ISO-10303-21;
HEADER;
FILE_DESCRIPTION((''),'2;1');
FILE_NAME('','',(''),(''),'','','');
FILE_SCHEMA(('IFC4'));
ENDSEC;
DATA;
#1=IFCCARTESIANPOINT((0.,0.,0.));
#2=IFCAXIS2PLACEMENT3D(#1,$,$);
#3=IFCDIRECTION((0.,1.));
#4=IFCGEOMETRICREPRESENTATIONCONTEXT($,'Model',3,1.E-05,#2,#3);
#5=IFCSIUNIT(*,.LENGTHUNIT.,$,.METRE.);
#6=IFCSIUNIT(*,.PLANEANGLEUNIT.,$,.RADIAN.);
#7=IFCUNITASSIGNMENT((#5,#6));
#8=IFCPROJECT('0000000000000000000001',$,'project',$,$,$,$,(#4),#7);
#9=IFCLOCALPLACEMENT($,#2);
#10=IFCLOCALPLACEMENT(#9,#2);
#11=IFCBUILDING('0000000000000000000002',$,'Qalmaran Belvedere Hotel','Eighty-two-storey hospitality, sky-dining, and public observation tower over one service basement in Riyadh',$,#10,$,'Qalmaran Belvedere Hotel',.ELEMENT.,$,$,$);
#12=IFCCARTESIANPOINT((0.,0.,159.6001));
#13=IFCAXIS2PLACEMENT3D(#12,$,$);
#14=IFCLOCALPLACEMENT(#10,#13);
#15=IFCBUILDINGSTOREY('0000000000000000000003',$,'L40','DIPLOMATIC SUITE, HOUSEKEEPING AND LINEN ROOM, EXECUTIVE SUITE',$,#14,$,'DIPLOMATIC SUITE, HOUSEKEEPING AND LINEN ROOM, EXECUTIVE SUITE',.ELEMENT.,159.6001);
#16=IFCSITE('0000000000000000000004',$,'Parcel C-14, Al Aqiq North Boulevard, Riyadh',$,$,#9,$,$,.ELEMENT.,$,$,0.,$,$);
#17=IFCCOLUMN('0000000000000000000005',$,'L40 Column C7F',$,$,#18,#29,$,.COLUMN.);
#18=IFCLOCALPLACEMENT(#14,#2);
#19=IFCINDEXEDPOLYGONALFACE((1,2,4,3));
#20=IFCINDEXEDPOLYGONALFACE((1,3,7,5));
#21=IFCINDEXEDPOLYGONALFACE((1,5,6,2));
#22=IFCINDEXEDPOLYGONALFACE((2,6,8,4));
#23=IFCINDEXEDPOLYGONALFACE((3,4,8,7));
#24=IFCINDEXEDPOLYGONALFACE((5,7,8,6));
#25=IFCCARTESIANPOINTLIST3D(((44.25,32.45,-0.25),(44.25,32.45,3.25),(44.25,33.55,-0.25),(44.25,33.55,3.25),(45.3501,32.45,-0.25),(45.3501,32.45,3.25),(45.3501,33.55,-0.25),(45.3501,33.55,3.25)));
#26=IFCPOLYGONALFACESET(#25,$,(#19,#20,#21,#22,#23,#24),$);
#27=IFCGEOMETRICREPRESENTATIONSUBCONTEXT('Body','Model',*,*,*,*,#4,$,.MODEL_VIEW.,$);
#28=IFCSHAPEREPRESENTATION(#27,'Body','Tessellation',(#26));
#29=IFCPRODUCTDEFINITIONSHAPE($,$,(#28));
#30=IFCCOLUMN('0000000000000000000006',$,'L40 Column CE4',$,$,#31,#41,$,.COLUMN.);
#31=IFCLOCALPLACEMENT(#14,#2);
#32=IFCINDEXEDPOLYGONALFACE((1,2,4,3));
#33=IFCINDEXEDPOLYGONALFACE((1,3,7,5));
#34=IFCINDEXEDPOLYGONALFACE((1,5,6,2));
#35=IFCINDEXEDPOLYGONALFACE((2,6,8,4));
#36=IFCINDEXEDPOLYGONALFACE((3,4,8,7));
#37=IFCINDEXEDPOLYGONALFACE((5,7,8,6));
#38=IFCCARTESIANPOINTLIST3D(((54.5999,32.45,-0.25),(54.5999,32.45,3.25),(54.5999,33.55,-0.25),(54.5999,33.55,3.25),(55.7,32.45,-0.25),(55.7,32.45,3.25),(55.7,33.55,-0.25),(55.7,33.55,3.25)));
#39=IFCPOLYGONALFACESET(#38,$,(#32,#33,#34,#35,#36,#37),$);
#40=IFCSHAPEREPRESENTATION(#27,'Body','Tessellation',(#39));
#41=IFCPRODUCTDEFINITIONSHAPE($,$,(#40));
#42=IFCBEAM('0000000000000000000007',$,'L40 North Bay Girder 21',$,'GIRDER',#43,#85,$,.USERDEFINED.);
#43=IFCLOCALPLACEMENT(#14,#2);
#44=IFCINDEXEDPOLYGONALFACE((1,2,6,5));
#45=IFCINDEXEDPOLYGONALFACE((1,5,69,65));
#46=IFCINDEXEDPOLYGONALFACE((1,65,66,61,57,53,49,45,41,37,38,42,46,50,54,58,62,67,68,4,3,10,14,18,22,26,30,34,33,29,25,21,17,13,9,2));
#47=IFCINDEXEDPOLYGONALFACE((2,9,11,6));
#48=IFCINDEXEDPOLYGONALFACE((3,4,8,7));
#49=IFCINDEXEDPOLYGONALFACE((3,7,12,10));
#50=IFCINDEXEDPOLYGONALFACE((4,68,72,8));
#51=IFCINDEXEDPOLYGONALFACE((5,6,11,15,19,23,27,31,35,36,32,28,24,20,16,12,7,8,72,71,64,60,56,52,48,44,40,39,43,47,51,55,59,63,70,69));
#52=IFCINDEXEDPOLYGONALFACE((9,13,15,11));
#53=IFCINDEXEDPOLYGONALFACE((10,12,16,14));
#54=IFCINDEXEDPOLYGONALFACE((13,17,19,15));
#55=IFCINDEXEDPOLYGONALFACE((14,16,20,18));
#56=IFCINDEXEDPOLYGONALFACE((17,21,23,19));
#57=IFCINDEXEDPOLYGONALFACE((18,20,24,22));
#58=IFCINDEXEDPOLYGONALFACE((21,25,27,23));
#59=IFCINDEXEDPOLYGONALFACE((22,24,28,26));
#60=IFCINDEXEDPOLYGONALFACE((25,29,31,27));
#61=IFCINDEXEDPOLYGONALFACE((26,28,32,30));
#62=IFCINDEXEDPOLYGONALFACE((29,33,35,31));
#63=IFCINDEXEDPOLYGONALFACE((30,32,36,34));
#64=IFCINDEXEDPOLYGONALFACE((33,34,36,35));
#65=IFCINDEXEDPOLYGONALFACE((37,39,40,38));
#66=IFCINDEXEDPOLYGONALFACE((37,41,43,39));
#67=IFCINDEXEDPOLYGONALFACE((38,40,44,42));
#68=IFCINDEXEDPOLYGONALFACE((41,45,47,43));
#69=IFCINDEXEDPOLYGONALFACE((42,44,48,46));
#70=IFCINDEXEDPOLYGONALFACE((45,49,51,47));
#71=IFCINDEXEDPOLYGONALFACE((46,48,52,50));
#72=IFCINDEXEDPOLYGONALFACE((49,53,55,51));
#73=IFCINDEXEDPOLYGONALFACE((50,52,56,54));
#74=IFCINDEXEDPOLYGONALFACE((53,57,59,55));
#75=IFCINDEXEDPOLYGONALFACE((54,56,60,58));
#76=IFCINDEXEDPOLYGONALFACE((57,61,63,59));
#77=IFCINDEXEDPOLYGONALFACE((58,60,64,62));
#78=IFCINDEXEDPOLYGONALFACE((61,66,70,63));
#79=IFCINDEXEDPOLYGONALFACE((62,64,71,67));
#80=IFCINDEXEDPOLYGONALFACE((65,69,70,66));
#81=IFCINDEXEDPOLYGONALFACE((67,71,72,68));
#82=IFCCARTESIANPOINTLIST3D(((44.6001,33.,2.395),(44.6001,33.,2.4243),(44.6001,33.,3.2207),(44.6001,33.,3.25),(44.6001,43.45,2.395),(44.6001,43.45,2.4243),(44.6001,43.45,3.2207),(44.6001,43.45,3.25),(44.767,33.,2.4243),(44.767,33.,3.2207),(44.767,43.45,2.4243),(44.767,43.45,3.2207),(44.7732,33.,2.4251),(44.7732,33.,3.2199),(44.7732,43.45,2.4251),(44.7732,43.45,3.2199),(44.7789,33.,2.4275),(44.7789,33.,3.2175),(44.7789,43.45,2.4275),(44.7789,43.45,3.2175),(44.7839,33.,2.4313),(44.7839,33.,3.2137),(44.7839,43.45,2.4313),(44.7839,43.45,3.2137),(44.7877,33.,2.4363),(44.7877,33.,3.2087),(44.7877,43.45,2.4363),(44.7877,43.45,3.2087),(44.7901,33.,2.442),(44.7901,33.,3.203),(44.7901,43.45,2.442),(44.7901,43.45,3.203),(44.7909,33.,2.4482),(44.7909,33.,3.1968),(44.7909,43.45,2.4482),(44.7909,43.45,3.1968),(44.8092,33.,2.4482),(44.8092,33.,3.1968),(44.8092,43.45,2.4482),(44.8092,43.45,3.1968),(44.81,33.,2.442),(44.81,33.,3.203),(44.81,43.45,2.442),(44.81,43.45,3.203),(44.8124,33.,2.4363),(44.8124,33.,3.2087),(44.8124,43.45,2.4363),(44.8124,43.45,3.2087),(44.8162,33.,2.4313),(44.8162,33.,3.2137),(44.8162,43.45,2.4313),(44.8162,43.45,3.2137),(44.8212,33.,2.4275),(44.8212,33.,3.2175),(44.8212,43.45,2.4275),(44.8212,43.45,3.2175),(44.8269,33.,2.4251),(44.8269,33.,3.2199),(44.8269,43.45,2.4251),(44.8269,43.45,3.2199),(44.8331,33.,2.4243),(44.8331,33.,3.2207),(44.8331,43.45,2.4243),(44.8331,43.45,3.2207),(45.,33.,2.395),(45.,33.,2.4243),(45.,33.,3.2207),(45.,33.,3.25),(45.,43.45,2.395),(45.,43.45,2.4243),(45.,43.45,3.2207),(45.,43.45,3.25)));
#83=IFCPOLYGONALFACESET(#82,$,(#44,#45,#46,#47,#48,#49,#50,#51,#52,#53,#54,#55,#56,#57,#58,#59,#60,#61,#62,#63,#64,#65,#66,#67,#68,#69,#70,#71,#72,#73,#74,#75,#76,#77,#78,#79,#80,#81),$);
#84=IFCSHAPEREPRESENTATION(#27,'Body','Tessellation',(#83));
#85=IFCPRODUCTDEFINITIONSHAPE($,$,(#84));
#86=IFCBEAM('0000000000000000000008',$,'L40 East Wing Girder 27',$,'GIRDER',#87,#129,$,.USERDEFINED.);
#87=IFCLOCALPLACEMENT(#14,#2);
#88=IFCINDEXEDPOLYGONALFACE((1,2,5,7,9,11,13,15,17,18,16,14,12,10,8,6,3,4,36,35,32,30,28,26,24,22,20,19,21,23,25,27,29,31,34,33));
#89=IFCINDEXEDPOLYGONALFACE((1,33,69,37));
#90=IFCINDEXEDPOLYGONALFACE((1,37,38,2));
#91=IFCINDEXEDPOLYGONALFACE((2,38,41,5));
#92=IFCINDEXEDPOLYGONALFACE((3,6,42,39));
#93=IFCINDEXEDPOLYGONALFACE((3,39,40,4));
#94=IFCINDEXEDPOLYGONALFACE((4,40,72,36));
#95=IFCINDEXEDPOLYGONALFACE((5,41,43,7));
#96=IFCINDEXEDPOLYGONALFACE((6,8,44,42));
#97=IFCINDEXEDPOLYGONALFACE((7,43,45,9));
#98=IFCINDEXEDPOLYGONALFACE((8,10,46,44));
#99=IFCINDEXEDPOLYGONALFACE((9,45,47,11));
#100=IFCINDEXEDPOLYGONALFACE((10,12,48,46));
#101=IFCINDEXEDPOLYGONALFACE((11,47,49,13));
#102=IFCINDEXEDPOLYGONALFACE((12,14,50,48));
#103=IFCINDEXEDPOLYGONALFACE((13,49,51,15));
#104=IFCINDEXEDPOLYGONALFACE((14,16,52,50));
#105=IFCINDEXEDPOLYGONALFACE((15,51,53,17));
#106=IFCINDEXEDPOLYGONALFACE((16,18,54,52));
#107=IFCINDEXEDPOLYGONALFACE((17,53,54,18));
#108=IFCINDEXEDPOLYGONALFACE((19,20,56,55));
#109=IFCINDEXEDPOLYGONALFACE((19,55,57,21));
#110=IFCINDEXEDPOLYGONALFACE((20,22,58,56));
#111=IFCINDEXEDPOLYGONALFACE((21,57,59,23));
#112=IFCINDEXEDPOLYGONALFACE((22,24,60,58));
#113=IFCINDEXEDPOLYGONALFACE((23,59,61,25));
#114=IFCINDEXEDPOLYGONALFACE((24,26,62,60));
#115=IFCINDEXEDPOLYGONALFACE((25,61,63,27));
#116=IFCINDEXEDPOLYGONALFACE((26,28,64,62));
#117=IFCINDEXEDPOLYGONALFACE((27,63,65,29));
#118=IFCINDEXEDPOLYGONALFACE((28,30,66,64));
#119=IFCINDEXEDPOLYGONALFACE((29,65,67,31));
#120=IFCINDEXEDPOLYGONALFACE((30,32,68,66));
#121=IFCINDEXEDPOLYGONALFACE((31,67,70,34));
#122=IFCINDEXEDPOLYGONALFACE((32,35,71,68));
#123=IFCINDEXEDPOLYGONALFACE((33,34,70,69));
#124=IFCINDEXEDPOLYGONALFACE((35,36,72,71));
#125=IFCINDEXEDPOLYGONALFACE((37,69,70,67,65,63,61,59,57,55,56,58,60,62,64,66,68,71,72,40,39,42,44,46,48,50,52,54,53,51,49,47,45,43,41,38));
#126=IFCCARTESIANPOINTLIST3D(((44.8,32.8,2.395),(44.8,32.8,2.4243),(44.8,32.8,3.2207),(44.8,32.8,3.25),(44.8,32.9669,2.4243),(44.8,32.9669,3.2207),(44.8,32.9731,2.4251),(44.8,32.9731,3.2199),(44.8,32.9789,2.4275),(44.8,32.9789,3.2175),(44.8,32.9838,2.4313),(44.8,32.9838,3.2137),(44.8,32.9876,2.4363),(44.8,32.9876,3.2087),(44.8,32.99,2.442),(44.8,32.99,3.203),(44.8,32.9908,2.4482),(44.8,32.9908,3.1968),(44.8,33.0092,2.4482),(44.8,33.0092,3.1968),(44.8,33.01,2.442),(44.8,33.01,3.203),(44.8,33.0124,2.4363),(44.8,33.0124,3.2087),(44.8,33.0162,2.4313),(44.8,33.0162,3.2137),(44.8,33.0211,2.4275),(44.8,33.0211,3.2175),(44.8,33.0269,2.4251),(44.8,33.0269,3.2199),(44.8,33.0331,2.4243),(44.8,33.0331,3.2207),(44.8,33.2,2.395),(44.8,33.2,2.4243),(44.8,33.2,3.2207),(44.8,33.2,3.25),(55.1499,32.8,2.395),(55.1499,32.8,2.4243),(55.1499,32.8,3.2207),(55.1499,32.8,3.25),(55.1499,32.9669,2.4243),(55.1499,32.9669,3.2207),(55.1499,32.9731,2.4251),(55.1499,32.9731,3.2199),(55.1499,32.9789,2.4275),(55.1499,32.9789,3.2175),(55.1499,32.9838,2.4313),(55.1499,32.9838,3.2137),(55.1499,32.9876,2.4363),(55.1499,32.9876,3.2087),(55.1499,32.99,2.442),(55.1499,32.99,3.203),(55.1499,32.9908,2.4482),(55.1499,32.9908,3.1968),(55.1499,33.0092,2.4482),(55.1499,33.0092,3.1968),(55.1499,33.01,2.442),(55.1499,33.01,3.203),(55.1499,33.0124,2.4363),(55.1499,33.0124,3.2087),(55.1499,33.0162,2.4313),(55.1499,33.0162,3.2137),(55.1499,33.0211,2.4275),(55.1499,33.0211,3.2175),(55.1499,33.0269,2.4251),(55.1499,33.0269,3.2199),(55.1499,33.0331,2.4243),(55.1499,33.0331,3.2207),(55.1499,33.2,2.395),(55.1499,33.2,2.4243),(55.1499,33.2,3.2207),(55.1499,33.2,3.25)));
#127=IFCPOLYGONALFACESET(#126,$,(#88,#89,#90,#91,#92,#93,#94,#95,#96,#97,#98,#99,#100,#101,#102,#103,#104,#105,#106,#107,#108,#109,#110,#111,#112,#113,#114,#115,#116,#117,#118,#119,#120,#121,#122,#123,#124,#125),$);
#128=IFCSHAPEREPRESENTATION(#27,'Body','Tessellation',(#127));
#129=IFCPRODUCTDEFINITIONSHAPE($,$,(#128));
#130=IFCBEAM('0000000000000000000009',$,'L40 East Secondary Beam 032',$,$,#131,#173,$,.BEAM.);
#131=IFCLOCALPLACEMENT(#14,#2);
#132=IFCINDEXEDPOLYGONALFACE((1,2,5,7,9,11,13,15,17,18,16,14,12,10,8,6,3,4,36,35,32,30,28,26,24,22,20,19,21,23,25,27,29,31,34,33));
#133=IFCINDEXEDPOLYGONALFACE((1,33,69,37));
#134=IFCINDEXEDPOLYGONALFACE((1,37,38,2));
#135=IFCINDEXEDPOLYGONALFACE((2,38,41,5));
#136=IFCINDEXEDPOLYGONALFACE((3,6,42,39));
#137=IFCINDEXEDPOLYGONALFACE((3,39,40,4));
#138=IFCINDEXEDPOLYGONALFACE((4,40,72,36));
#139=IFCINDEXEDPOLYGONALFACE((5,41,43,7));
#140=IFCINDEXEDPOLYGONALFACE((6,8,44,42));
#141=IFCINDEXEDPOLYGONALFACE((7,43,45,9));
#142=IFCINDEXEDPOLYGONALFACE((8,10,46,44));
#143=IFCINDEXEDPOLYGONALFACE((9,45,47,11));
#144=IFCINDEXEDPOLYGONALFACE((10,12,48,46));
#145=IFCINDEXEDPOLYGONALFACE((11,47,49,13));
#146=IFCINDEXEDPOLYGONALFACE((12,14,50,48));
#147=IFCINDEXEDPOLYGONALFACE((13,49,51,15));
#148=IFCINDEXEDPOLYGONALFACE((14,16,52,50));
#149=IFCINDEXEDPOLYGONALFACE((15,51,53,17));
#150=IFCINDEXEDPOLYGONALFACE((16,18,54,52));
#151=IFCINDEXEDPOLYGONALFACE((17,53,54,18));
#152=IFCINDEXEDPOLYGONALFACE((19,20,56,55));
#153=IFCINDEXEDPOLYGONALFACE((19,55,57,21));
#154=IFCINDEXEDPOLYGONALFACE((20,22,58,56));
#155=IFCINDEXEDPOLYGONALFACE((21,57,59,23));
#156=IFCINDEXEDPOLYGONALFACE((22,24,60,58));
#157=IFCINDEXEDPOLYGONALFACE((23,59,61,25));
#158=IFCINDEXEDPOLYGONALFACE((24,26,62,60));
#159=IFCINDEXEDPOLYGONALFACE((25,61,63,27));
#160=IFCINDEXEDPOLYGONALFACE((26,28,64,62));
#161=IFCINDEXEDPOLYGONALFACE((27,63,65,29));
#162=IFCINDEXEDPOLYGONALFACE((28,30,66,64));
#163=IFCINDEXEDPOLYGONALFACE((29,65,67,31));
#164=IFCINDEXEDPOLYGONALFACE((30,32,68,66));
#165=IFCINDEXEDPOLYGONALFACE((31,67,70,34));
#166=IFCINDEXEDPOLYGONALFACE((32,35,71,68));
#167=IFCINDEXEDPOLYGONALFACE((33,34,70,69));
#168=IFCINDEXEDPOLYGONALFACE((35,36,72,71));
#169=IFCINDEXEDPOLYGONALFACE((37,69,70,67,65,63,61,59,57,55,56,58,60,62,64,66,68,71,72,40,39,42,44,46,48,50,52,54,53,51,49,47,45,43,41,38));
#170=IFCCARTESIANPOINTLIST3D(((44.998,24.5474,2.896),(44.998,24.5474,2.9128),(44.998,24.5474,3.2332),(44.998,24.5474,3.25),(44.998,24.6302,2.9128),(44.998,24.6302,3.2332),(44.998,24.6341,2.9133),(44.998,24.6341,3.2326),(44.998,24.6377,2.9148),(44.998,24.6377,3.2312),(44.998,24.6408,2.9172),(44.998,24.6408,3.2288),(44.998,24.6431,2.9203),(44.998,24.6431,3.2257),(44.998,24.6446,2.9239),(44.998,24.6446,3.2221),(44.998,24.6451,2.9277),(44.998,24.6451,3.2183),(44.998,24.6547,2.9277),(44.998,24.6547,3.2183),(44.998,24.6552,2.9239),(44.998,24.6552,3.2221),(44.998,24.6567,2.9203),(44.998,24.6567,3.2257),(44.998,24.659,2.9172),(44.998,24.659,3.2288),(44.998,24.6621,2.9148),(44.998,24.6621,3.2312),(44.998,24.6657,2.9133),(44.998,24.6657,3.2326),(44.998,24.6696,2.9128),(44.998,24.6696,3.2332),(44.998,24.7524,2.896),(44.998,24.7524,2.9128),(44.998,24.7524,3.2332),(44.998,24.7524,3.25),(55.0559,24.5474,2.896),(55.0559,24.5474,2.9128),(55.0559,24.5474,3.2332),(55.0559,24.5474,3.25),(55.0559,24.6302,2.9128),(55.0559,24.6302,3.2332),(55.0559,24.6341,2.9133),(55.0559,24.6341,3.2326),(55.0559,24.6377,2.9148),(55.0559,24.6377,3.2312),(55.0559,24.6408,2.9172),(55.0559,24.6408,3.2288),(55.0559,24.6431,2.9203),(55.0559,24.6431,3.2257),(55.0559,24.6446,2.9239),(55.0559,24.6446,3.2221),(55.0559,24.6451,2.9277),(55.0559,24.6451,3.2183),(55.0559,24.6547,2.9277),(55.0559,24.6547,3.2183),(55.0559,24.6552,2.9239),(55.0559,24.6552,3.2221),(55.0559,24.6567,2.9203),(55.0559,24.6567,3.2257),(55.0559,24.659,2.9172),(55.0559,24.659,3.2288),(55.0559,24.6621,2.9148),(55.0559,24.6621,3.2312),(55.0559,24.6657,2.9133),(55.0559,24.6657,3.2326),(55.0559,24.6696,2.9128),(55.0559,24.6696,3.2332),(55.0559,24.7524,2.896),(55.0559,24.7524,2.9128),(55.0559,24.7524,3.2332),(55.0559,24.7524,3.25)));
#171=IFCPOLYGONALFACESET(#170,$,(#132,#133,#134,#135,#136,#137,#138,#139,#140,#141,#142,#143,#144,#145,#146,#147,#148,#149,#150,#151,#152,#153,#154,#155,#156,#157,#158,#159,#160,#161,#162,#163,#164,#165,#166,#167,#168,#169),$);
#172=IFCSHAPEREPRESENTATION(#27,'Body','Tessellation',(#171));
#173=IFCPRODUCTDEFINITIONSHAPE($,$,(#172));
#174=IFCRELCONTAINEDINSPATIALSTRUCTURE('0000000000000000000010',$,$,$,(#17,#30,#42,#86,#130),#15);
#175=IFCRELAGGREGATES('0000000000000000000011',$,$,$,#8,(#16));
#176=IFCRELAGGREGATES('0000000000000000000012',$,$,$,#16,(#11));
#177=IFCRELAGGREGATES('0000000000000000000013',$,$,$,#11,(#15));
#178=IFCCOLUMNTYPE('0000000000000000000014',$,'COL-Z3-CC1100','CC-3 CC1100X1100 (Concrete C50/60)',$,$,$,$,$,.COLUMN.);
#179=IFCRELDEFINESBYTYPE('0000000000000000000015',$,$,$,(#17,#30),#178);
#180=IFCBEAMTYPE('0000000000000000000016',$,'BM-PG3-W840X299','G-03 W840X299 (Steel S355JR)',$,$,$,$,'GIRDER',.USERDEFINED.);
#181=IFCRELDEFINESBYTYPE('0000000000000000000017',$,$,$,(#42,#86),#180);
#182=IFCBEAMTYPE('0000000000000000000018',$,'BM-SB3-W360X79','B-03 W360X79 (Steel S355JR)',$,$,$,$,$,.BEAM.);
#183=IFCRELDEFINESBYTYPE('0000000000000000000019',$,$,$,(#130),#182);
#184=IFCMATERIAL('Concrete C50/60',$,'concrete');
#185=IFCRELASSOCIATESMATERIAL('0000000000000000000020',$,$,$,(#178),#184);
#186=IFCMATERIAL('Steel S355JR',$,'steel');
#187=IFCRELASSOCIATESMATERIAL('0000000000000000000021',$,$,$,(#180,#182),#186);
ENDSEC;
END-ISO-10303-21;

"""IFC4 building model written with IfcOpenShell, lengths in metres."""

from ifc_helpers import new_model, si_unit, direction, frame, origin, origin_2d, place, context, subcontext, project, spatial, rectangle, i_section, extrude, material, material_profile, profile_set, type_object, element, save


model = new_model("IFC4")

# Units and contexts
model_context = context("Model", 3, precision=1e-05, world=origin(), true_north=direction((0.0, 1.0)))
body_context = subcontext(model_context, "Body", "Model", "MODEL_VIEW")
ifc_project = project(units=[si_unit("LENGTHUNIT", "METRE"), si_unit("PLANEANGLEUNIT", "RADIAN")], contexts=[model_context])

# Site, building, storey
site_placement = place(None, origin())
site = spatial("IfcSite", under=ifc_project, at=site_placement, Name="Parcel C-14, Al Aqiq North Boulevard, Riyadh", CompositionType="ELEMENT", RefElevation=0.0)
building_placement = place(site_placement, origin())
building = spatial("IfcBuilding", under=site, at=building_placement, Name="Qalmaran Belvedere Hotel", Description="Eighty-two-storey hospitality, sky-dining, and public observation tower over one service basement in Riyadh", LongName="Qalmaran Belvedere Hotel", CompositionType="ELEMENT")
storey_placement = place(building_placement, frame((0.0, 0.0, 159.6001)))
storey = spatial("IfcBuildingStorey", under=building, at=storey_placement, Name="L40", Description="DIPLOMATIC SUITE, HOUSEKEEPING AND LINEN ROOM, EXECUTIVE SUITE", LongName="DIPLOMATIC SUITE, HOUSEKEEPING AND LINEN ROOM, EXECUTIVE SUITE", CompositionType="ELEMENT", Elevation=159.6001)

# Columns
ifc_material_1 = material(Name="Concrete C50/60", Category="concrete")
ifc_material_profile_1 = material_profile(ifc_material_1, rectangle(XDim=1.1001, YDim=1.1001, at=origin_2d()), Name="CC1100X1100")
ifc_profile_set_1 = profile_set([ifc_material_profile_1], Name="Concrete C50/60")
column_type = type_object("IfcColumnType", Name="COL-Z3-CC1100", Description="CC-3 CC1100X1100 (Concrete C50/60)", PredefinedType="COLUMN", material=ifc_profile_set_1)
for number, where, z_axis, x_axis, name in (
    (1, (44.8, 33.0, -0.25), (0.0, 0.0, 1.0), (1.0, 0.0, 0.0), "L40 Column C7F"),
    (2, (55.1499, 33.0, -0.25), (0.0, 0.0, 1.0), (1.0, 0.0, 0.0), "L40 Column CE4"),
):
    element("IfcColumn", number, at=place(storey_placement, frame(where, z_axis=z_axis, x_axis=x_axis)), inside=storey, type_object=column_type, Name=name, PredefinedType="COLUMN", context=body_context, shape_type="SweptSolid", body=[
        extrude(rectangle(XDim=1.1001, YDim=1.1001, at=origin_2d()), origin(), (0.0, 0.0, 1.0), 3.5),
    ])

# Beams
ifc_material_2 = material(Name="Steel S355JR", Category="steel")
ifc_material_profile_2 = material_profile(ifc_material_2, i_section(OverallWidth=0.3999, OverallDepth=0.855, WebThickness=0.0183, FlangeThickness=0.0293, FilletRadius=0.0239, at=origin_2d()), Name="W840X299")
ifc_profile_set_2 = profile_set([ifc_material_profile_2], Name="Steel S355JR")
beam_type_1 = type_object("IfcBeamType", Name="BM-PG3-W840X299", Description="G-03 W840X299 (Steel S355JR)", ElementType="GIRDER", PredefinedType="USERDEFINED", material=ifc_profile_set_2)
beam_1_placement = place(storey_placement, frame((44.8, 33.0, 2.8225), z_axis=(0.0, 1.0, 0.0), x_axis=(-1.0, 0.0, 0.0)))
element("IfcBeam", 3, at=beam_1_placement, inside=storey, type_object=beam_type_1, Name="L40 North Bay Girder 21", ObjectType="GIRDER", PredefinedType="USERDEFINED", context=body_context, shape_type="SweptSolid", body=[
    extrude(i_section(OverallWidth=0.3999, OverallDepth=0.855, WebThickness=0.0183, FlangeThickness=0.0293, FilletRadius=0.0239, at=origin_2d()), origin(), (0.0, 0.0, 1.0), 10.45),
])
beam_2_placement = place(storey_placement, frame((44.8, 33.0, 2.8225), z_axis=(1.0, 0.0, 0.0), x_axis=(0.0, 1.0, 0.0)))
element("IfcBeam", 4, at=beam_2_placement, inside=storey, type_object=beam_type_1, Name="L40 East Wing Girder 27", ObjectType="GIRDER", PredefinedType="USERDEFINED", context=body_context, shape_type="SweptSolid", body=[
    extrude(i_section(OverallWidth=0.3999, OverallDepth=0.855, WebThickness=0.0183, FlangeThickness=0.0293, FilletRadius=0.0239, at=origin_2d()), origin(), (0.0, 0.0, 1.0), 10.3499),
])
ifc_material_profile_3 = material_profile(ifc_material_2, i_section(OverallWidth=0.2051, OverallDepth=0.354, WebThickness=0.0095, FlangeThickness=0.0168, FilletRadius=0.0149, at=origin_2d()), Name="W360X79")
ifc_profile_set_3 = profile_set([ifc_material_profile_3], Name="Steel S355JR")
beam_type_2 = type_object("IfcBeamType", Name="BM-SB3-W360X79", Description="B-03 W360X79 (Steel S355JR)", PredefinedType="BEAM", material=ifc_profile_set_3)
for number, where, z_axis, x_axis, name in (
    (5, (44.998, 24.6499, 3.073), (1.0, 0.0, 0.0), (0.0, 1.0, 0.0), "L40 East Secondary Beam 032"),
):
    element("IfcBeam", number, at=place(storey_placement, frame(where, z_axis=z_axis, x_axis=x_axis)), inside=storey, type_object=beam_type_2, Name=name, PredefinedType="BEAM", context=body_context, shape_type="SweptSolid", body=[
        extrude(i_section(OverallWidth=0.2051, OverallDepth=0.354, WebThickness=0.0095, FlangeThickness=0.0168, FilletRadius=0.0149, at=origin_2d()), origin(), (0.0, 0.0, 1.0), 10.0579),
    ])

save(model, "model.ifc")
